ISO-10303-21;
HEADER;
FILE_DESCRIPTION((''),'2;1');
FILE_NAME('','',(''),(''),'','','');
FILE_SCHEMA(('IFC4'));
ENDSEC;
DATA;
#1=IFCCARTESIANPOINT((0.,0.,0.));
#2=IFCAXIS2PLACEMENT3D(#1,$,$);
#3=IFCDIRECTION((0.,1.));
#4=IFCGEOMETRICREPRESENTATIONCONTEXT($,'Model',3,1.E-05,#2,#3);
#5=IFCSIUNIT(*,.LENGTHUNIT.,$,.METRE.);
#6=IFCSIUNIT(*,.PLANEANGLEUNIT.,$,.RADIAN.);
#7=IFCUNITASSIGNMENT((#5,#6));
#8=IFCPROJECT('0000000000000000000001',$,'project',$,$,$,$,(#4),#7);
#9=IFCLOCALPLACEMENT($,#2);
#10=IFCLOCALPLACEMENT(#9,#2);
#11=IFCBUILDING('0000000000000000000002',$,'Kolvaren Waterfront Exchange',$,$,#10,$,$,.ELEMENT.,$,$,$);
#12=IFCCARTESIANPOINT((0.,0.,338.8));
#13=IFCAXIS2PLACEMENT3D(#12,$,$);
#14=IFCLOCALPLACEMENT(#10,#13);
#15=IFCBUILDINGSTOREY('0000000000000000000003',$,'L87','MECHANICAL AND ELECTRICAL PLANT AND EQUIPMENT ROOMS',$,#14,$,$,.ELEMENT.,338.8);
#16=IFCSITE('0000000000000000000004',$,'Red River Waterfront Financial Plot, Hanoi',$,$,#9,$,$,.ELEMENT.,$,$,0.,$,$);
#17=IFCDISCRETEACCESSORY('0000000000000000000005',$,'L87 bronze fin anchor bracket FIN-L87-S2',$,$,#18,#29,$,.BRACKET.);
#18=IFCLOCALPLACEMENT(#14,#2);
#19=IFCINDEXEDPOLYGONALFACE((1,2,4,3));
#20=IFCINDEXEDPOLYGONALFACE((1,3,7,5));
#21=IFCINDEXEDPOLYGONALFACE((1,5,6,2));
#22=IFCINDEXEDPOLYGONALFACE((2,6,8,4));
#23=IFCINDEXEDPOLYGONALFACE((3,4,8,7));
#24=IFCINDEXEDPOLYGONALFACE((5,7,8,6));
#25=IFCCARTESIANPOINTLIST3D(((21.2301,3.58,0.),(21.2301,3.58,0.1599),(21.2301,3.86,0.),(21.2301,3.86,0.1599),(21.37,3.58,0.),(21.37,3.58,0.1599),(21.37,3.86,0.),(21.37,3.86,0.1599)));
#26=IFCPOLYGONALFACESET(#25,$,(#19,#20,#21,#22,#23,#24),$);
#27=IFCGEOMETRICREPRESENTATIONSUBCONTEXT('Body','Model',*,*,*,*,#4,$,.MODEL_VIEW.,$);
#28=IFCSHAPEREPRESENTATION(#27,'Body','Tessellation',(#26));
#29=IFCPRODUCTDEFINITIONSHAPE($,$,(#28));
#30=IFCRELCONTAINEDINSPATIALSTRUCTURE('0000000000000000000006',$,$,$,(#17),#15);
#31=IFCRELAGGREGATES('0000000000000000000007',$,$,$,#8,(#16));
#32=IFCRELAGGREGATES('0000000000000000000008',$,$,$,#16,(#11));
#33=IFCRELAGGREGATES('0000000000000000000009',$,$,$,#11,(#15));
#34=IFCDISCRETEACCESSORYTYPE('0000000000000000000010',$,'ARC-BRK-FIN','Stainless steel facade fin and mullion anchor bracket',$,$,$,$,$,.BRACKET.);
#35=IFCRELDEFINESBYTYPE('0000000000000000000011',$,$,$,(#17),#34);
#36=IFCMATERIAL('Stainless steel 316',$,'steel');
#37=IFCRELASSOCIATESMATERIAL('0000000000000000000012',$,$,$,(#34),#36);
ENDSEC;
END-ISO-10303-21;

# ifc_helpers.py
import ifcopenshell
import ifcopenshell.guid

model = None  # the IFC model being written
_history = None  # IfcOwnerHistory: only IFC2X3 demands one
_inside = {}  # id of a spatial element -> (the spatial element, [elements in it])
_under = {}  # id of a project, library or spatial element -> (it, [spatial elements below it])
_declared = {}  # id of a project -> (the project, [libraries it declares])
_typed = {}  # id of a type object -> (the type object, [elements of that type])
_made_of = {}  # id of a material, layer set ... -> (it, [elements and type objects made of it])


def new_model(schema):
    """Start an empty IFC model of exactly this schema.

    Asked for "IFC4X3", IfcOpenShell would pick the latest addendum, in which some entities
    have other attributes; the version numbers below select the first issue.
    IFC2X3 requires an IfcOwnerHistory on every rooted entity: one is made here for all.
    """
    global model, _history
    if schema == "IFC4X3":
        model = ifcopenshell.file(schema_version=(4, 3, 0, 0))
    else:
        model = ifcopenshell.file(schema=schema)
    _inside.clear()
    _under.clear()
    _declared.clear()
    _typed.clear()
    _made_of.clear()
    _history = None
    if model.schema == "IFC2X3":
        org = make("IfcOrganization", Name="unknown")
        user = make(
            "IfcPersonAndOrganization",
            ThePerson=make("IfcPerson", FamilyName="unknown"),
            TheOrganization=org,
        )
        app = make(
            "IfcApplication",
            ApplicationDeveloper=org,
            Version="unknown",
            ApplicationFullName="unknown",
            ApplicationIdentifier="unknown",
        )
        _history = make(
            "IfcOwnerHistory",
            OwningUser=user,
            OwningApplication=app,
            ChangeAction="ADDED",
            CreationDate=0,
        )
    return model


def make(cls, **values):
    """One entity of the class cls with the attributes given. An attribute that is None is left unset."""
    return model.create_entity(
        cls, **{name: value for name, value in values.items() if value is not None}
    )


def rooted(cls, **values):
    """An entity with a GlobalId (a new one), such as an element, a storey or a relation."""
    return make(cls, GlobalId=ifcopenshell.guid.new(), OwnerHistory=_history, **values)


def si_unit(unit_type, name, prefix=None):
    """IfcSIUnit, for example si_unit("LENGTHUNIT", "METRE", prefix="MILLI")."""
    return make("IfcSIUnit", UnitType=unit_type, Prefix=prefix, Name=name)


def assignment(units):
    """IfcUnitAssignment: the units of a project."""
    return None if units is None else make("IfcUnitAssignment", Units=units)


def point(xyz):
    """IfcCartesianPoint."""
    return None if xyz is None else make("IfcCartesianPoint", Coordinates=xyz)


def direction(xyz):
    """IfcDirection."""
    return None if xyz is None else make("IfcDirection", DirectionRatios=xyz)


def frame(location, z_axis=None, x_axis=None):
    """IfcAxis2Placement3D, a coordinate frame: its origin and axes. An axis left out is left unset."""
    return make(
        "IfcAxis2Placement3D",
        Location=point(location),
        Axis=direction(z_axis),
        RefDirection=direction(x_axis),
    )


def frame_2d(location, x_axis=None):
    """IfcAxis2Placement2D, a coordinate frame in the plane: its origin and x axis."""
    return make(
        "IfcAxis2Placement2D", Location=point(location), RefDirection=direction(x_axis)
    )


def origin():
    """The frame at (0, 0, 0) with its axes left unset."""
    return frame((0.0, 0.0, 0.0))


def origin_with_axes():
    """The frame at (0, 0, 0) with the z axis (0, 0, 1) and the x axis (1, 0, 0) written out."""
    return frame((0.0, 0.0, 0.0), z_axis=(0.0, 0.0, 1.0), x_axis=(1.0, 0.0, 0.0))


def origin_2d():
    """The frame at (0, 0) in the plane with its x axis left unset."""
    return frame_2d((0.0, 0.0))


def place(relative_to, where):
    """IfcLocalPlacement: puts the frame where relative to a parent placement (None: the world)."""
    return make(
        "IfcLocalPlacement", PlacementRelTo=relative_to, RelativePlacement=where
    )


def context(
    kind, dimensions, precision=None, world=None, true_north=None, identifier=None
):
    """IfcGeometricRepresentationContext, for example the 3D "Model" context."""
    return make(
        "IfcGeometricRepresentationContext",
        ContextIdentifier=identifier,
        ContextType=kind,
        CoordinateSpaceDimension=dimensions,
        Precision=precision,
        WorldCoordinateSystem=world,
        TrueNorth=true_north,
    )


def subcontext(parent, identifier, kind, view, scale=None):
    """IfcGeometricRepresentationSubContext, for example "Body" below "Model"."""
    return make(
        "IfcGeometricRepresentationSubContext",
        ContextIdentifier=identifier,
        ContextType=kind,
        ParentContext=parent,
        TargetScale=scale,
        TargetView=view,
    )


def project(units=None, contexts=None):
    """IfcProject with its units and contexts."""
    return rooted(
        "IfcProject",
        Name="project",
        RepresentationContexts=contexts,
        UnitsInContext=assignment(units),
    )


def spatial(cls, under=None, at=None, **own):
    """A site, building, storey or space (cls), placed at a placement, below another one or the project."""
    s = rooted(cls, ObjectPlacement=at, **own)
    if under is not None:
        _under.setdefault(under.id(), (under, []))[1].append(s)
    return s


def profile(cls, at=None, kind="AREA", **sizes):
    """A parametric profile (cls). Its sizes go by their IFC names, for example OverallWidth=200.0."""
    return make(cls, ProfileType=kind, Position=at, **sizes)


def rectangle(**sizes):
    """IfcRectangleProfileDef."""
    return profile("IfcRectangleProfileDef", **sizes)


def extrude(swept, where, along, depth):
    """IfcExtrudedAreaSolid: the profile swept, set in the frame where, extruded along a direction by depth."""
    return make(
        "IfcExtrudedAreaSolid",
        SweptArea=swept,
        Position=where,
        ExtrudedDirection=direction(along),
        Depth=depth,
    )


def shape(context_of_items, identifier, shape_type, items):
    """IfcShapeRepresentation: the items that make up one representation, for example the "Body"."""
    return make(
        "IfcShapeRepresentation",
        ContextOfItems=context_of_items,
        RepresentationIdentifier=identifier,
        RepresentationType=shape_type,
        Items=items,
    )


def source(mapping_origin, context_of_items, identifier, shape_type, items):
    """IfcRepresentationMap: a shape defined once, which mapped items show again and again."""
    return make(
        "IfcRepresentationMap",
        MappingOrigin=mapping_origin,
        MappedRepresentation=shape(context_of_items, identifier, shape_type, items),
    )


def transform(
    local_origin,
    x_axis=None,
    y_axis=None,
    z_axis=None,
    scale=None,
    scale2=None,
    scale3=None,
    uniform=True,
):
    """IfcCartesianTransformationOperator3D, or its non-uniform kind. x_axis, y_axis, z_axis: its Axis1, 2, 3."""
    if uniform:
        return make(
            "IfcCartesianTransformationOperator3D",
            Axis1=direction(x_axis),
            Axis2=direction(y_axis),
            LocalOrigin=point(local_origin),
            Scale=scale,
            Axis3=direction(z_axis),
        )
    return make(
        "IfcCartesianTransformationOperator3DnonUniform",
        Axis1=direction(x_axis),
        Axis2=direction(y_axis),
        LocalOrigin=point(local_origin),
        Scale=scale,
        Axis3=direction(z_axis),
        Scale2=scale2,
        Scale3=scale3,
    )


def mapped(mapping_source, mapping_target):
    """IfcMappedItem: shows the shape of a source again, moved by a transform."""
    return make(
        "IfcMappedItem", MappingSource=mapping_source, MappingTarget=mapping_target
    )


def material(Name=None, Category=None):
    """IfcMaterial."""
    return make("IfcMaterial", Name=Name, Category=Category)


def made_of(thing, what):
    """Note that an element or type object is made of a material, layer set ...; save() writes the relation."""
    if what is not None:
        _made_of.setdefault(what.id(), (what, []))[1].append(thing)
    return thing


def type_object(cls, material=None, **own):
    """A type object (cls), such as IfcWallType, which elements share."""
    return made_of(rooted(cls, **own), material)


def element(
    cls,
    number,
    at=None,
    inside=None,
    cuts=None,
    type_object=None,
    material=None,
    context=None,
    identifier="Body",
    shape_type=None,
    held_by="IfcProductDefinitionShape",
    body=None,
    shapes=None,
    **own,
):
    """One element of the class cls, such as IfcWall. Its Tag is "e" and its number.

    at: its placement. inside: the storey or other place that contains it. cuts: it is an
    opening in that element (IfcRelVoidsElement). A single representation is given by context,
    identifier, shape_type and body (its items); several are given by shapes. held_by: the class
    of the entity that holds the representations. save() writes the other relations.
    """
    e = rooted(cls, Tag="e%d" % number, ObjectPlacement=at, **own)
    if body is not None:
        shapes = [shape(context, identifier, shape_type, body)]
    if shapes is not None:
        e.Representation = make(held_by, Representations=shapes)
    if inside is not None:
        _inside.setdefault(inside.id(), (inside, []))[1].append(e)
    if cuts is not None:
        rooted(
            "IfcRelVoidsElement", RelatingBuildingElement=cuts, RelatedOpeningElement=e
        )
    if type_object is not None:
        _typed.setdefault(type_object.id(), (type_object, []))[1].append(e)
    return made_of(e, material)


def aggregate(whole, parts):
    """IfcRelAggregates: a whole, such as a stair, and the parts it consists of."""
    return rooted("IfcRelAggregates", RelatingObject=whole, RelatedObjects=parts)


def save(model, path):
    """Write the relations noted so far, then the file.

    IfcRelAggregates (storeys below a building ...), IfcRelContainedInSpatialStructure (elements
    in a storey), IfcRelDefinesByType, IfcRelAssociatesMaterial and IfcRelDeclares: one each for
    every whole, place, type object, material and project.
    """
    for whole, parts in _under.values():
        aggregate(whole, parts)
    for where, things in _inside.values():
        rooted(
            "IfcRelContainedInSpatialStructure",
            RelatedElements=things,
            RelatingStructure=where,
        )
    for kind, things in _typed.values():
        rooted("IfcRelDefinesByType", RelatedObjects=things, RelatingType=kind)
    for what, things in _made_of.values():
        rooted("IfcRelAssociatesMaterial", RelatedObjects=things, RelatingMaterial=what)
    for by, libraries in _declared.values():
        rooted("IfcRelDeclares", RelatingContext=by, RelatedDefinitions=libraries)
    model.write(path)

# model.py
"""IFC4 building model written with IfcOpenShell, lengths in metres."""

from ifc_helpers import new_model, si_unit, direction, frame, origin, origin_with_axes, origin_2d, place, context, subcontext, project, spatial, rectangle, extrude, source, transform, mapped, material, type_object, element, save


model = new_model("IFC4")

# Units and contexts
model_context = context("Model", 3, precision=1e-05, world=origin(), true_north=direction((0.0, 1.0)))
body_context = subcontext(model_context, "Body", "Model", "MODEL_VIEW")
ifc_project = project(units=[si_unit("LENGTHUNIT", "METRE"), si_unit("PLANEANGLEUNIT", "RADIAN")], contexts=[model_context])

# Site, building, storey
site_placement = place(None, origin())
site = spatial("IfcSite", under=ifc_project, at=site_placement, Name="Red River Waterfront Financial Plot, Hanoi", CompositionType="ELEMENT", RefElevation=0.0)
building_placement = place(site_placement, origin())
building = spatial("IfcBuilding", under=site, at=building_placement, Name="Kolvaren Waterfront Exchange", CompositionType="ELEMENT")
storey_placement = place(building_placement, frame((0.0, 0.0, 338.8)))
storey = spatial("IfcBuildingStorey", under=building, at=storey_placement, Name="L87", Description="MECHANICAL AND ELECTRICAL PLANT AND EQUIPMENT ROOMS", CompositionType="ELEMENT", Elevation=338.8)

# Shared definitions
ifc_material_1 = material(Name="Stainless steel 316", Category="steel")

# Discrete accessory
discrete_accessory_type = type_object("IfcDiscreteAccessoryType", Name="ARC-BRK-FIN", Description="Stainless steel facade fin and mullion anchor bracket", PredefinedType="BRACKET", material=ifc_material_1)
shared_shape_1 = source(origin_with_axes(), body_context, "Body", "SweptSolid", [
    extrude(rectangle(XDim=0.28, YDim=0.1399, at=origin_2d()), origin(), (0.0, 0.0, 1.0), 0.1599),
])
discrete_accessory_placement = place(storey_placement, frame((21.3, 3.72, 0.0), z_axis=(0.0, 0.0, 1.0), x_axis=(0.0, -1.0, 0.0)))
element("IfcDiscreteAccessory", 1, at=discrete_accessory_placement, inside=storey, type_object=discrete_accessory_type, Name="L87 bronze fin anchor bracket FIN-L87-S2", PredefinedType="BRACKET", context=body_context, shape_type="MappedRepresentation", body=[
    mapped(shared_shape_1, transform((0.0, 0.0, 0.0), x_axis=(1.0, 0.0, 0.0), y_axis=(0.0, 1.0, 0.0), z_axis=(0.0, 0.0, 1.0), scale=1.0)),
])

save(model, "model.ifc")
